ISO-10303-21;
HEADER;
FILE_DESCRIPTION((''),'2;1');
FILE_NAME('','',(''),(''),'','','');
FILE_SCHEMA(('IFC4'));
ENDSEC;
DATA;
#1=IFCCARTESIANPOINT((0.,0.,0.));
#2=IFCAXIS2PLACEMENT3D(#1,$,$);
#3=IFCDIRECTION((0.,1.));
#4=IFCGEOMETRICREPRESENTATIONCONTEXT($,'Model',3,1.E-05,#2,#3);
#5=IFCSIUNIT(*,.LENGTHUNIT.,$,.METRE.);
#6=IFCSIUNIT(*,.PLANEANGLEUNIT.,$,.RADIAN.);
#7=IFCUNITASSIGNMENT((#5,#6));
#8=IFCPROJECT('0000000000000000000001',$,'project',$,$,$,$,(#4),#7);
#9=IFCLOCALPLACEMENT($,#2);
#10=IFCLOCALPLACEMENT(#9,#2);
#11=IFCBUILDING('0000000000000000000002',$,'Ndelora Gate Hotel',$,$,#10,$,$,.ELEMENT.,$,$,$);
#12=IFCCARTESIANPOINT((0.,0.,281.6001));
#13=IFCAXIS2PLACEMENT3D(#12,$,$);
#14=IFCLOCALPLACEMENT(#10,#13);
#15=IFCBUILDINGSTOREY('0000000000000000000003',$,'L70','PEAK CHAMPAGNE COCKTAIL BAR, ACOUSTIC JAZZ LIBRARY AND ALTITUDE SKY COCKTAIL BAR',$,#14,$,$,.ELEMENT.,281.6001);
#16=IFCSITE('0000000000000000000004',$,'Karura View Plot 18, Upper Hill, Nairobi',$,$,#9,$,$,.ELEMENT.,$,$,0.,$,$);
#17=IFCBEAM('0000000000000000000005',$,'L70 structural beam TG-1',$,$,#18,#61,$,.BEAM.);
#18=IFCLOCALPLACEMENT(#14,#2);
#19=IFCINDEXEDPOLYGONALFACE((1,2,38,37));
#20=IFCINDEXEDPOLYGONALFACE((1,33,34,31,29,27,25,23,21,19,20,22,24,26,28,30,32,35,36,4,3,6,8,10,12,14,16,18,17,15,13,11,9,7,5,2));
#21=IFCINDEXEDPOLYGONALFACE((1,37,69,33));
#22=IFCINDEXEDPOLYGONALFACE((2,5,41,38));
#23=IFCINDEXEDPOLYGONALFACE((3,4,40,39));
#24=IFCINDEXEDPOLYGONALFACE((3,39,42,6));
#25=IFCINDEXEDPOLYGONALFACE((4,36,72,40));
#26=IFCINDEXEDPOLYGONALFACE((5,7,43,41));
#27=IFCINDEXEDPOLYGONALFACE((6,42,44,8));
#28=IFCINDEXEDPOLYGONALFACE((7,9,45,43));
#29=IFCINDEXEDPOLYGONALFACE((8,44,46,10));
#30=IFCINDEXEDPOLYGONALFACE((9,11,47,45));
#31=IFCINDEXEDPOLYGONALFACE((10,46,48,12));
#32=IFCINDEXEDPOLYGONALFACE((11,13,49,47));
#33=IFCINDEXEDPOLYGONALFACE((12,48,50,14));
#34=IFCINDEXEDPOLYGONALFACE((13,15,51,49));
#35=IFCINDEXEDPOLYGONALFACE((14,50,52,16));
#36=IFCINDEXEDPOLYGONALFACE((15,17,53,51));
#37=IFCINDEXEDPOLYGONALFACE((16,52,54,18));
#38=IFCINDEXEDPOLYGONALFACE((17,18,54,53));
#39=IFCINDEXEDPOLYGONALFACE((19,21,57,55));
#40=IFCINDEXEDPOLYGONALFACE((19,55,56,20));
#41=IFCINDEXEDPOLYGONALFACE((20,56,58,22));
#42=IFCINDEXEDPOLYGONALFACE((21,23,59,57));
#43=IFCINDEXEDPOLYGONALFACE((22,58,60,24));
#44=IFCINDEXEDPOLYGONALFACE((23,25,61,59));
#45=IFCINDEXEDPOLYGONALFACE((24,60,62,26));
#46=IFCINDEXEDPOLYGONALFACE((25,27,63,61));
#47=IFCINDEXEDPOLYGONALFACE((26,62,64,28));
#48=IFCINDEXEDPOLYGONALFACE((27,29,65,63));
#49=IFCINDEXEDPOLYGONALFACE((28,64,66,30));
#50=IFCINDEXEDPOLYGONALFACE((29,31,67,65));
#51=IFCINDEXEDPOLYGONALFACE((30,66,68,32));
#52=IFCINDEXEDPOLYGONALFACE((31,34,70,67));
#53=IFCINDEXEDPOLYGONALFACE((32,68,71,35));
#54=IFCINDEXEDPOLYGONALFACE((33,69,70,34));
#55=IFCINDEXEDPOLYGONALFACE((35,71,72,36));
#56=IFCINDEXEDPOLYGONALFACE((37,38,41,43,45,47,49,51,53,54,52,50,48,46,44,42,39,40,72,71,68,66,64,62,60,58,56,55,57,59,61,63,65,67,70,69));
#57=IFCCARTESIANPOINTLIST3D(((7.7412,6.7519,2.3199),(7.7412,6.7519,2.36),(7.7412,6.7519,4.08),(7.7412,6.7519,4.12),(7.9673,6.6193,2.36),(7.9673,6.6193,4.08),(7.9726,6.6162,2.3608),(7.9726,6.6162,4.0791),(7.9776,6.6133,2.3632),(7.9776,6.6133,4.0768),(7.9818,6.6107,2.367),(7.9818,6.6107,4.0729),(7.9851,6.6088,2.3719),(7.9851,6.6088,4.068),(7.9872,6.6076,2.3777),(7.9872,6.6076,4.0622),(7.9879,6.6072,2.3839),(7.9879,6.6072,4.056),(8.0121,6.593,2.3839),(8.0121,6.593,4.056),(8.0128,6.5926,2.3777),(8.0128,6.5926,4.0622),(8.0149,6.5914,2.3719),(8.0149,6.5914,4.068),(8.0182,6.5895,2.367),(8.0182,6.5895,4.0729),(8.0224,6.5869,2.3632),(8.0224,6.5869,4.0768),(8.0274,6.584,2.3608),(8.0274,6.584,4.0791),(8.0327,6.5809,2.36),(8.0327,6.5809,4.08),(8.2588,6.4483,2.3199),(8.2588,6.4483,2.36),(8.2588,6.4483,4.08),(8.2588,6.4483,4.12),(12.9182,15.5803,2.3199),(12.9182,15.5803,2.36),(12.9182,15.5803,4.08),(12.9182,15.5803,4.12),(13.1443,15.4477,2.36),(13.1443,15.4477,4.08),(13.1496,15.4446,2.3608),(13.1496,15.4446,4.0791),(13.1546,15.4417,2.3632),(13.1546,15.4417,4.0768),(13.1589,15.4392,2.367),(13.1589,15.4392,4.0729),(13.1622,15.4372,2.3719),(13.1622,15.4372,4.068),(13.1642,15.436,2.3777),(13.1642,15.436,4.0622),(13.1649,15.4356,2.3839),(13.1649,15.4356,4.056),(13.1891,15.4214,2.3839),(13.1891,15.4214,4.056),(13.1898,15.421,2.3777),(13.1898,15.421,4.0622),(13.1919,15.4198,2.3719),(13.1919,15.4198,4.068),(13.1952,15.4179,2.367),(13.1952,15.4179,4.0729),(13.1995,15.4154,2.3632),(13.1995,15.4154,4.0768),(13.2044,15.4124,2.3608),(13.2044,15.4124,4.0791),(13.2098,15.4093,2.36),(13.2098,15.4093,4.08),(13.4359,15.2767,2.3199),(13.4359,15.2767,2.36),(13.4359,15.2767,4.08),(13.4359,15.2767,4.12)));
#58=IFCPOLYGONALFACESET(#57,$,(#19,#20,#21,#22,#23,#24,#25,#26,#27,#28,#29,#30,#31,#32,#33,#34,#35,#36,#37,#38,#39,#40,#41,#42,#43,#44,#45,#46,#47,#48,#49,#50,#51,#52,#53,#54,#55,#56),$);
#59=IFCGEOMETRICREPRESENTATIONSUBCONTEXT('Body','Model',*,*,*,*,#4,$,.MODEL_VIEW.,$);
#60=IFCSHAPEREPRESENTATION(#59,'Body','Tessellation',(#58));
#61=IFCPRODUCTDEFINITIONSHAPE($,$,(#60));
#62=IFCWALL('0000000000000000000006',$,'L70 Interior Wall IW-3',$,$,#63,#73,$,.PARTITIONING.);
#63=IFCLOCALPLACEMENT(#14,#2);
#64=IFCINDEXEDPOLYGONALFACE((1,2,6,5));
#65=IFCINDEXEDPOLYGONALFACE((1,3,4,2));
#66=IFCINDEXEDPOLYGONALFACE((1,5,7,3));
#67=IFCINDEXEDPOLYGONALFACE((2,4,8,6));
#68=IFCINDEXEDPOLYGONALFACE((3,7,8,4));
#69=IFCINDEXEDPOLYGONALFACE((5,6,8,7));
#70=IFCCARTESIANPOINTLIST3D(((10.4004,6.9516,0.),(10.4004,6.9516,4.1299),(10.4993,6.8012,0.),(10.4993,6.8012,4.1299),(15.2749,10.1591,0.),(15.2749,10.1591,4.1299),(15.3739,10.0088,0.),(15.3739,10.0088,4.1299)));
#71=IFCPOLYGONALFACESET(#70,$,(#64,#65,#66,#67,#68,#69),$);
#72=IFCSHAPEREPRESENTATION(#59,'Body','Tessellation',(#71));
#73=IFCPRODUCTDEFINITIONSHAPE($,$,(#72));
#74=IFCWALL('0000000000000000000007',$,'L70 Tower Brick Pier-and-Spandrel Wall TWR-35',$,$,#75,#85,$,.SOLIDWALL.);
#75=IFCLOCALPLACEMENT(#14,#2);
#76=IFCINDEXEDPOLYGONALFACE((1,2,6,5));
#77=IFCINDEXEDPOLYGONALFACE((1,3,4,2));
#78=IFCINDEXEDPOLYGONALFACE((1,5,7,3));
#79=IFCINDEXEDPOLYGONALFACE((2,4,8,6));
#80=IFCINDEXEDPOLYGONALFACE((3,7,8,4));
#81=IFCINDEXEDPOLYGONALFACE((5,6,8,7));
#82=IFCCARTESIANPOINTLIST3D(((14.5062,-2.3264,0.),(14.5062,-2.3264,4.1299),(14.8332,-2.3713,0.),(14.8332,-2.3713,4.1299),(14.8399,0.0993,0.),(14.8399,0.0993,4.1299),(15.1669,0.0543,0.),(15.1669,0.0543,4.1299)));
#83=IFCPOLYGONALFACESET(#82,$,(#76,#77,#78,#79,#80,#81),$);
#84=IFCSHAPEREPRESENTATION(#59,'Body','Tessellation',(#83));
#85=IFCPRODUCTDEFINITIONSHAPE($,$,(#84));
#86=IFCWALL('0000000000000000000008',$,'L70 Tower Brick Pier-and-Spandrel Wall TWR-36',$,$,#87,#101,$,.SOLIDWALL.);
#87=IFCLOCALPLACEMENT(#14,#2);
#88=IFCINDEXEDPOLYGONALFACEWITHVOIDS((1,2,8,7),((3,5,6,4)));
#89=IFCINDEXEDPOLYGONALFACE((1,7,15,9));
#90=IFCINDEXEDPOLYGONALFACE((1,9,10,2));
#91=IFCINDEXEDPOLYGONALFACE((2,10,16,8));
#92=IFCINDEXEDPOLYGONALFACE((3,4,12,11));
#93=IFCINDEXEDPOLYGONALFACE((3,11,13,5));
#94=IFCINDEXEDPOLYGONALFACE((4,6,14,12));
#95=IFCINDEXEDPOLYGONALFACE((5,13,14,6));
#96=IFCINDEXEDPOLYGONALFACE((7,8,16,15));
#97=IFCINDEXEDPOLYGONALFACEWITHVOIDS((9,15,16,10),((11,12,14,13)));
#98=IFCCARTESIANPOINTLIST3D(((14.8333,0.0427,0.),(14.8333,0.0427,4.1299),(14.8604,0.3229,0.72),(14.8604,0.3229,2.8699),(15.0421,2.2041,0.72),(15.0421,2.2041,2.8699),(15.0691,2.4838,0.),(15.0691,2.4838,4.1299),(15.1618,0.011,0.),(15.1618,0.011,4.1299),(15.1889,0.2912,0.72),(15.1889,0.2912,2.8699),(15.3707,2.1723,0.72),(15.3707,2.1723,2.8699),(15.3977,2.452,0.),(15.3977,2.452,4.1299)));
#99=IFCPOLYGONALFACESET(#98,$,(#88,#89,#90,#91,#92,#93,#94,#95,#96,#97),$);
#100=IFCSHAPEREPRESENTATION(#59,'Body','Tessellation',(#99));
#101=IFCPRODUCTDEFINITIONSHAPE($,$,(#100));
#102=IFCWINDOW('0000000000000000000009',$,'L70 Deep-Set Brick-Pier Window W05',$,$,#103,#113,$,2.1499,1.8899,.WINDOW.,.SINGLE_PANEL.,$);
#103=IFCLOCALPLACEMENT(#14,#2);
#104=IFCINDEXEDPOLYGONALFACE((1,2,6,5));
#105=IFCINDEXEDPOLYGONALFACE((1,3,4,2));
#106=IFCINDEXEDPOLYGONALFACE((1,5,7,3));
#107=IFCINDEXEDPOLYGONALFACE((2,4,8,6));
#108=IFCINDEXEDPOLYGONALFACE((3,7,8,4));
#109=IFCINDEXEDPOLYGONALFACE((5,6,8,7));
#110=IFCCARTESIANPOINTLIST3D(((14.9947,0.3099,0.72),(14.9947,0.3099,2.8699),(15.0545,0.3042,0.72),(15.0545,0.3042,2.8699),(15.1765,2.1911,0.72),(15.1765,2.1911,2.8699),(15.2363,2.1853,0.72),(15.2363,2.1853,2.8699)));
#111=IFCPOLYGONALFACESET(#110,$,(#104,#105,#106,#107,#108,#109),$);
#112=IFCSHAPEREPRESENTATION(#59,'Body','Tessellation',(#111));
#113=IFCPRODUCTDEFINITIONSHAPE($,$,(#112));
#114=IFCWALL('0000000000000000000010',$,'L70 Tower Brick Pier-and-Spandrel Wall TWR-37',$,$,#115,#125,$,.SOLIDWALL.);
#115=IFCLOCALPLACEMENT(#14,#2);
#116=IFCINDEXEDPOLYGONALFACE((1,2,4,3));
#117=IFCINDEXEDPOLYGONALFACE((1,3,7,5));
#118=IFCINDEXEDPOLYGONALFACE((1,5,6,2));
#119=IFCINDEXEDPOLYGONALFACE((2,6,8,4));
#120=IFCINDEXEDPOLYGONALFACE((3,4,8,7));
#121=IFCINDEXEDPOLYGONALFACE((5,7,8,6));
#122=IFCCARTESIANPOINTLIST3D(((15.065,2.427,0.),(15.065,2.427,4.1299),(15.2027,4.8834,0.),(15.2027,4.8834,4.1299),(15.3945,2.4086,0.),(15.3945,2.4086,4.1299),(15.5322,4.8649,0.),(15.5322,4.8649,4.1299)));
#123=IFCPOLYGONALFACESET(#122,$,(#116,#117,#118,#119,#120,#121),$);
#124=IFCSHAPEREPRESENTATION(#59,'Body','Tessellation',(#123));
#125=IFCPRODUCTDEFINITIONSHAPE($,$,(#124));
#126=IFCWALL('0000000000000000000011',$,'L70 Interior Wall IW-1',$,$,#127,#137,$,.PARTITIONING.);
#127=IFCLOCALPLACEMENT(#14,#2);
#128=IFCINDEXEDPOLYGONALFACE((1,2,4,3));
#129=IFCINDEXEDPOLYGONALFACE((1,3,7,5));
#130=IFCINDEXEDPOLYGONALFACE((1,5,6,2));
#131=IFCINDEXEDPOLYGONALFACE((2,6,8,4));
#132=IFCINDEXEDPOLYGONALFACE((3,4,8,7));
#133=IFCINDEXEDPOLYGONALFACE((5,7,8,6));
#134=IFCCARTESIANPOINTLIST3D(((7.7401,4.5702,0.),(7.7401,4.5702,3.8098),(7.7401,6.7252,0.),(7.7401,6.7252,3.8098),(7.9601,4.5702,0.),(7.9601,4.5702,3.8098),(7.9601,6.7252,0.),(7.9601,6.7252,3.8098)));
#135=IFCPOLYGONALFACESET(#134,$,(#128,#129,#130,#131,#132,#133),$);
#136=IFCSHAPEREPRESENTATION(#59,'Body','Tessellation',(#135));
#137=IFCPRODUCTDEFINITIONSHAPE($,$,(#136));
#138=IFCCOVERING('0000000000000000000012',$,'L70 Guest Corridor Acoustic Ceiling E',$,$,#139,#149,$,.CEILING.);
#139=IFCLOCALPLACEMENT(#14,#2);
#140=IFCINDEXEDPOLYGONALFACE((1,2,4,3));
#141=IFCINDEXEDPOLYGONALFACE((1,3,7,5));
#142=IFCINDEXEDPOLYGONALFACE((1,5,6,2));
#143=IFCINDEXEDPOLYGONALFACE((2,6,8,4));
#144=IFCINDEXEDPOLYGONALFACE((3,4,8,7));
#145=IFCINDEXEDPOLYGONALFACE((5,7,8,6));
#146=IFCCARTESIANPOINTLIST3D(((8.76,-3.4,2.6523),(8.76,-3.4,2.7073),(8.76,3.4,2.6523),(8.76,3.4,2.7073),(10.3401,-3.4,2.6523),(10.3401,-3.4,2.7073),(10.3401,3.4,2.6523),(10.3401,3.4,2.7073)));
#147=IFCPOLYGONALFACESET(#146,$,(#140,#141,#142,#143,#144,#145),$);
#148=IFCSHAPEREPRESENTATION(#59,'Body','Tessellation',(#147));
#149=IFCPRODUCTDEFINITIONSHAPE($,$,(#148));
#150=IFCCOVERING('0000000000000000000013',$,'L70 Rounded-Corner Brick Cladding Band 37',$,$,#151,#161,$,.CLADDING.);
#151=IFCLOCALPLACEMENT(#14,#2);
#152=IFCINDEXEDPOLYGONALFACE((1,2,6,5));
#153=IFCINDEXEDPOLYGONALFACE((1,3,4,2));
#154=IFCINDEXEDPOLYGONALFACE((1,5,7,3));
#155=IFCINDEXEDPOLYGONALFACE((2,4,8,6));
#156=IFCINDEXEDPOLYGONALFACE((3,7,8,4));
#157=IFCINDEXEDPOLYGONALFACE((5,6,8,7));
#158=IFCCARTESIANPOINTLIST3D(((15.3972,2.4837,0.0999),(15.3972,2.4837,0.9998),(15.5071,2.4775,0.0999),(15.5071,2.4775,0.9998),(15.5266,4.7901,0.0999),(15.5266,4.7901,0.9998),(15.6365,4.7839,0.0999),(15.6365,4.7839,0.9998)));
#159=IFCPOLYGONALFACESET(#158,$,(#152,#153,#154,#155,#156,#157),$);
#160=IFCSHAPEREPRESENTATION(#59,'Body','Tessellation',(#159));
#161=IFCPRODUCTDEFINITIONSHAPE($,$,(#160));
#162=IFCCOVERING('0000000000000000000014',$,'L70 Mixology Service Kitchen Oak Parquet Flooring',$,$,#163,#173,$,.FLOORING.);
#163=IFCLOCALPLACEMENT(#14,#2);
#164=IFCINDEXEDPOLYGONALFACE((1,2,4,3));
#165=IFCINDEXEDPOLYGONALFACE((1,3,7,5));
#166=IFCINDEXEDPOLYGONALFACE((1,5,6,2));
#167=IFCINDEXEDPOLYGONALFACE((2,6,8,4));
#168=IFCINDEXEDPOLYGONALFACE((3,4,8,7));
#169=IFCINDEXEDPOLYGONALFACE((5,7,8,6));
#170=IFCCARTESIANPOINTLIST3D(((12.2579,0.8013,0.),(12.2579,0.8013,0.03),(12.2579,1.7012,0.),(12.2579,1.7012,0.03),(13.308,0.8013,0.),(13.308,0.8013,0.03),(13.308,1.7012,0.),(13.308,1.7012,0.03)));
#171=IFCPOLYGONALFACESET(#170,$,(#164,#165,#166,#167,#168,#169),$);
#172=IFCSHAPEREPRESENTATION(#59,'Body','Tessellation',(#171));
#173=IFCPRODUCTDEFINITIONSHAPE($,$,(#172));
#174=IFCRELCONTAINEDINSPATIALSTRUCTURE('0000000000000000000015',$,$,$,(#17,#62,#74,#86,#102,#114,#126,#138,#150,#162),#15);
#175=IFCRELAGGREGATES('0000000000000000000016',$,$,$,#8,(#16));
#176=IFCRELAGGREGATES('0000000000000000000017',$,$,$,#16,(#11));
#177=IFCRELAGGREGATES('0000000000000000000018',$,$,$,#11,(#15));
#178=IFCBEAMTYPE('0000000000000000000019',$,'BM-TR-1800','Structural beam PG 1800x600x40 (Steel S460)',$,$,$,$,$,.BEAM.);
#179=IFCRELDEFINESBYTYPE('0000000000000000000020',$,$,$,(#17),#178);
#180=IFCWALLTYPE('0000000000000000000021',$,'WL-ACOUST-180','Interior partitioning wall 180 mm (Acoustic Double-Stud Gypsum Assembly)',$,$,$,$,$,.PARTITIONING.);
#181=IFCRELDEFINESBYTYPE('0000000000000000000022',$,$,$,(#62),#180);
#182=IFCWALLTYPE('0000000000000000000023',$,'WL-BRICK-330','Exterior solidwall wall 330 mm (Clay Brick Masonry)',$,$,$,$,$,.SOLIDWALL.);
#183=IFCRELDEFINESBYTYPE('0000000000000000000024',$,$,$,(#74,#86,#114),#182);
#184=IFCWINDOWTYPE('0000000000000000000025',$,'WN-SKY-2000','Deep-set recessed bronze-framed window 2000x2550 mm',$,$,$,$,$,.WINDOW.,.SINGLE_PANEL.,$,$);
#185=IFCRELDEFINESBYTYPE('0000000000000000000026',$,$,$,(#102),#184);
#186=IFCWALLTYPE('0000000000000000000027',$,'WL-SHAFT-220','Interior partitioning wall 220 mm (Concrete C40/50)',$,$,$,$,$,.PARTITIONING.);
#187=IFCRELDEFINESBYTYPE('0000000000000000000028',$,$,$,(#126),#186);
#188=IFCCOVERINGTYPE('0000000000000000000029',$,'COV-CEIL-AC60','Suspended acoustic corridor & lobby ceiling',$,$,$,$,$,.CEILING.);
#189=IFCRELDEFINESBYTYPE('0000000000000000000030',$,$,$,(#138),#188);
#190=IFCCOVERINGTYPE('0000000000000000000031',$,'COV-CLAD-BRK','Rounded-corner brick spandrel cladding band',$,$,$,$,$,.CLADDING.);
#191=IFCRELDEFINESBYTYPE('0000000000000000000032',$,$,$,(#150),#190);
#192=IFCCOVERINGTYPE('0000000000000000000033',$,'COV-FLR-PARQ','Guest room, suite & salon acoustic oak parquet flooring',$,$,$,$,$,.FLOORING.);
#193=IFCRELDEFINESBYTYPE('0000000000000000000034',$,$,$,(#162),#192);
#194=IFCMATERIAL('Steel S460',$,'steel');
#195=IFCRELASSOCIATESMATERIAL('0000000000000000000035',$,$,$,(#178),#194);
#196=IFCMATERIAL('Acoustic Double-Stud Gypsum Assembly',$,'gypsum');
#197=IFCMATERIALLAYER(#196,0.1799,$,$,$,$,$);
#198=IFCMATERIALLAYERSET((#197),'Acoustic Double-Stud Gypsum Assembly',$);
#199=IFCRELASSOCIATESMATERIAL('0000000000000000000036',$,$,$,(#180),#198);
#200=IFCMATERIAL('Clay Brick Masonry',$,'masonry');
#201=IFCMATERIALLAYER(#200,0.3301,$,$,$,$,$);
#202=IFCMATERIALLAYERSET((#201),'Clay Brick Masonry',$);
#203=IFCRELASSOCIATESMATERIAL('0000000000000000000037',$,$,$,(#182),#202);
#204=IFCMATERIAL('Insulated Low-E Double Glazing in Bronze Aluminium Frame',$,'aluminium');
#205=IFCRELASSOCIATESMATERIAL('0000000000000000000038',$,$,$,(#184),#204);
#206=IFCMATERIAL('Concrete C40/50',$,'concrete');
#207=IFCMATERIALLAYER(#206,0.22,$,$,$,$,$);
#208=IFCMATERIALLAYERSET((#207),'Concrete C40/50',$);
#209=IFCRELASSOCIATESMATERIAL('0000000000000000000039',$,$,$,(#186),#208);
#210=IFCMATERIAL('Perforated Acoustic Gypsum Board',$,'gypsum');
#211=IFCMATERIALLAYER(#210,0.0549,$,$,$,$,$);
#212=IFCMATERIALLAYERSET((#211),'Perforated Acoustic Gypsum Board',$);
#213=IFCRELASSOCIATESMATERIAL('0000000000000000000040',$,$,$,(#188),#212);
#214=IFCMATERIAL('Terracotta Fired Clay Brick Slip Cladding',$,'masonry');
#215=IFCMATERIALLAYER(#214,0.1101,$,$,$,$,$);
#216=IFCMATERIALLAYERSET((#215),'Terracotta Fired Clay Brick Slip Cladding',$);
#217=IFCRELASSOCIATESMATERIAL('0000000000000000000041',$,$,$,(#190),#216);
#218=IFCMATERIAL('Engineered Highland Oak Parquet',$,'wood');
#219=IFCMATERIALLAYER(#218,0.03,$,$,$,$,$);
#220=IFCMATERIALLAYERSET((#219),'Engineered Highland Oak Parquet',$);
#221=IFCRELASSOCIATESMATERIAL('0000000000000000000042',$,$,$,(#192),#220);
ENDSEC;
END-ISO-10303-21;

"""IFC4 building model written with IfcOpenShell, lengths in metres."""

from ifc_helpers import new_model, si_unit, direction, frame, frame_2d, origin, origin_2d, place, context, subcontext, project, spatial, rectangle, i_section, extrude, material, layer, layer_set, material_profile, profile_set, type_object, element, fill, save


model = new_model("IFC4")

# Units and contexts
model_context = context("Model", 3, precision=1e-05, world=origin(), true_north=direction((0.0, 1.0)))
body_context = subcontext(model_context, "Body", "Model", "MODEL_VIEW")
ifc_project = project(units=[si_unit("LENGTHUNIT", "METRE"), si_unit("PLANEANGLEUNIT", "RADIAN")], contexts=[model_context])

# Site, building, storey
site_placement = place(None, origin())
site = spatial("IfcSite", under=ifc_project, at=site_placement, Name="Karura View Plot 18, Upper Hill, Nairobi", CompositionType="ELEMENT", RefElevation=0.0)
building_placement = place(site_placement, origin())
building = spatial("IfcBuilding", under=site, at=building_placement, Name="Ndelora Gate Hotel", CompositionType="ELEMENT")
storey_placement = place(building_placement, frame((0.0, 0.0, 281.6001)))
storey = spatial("IfcBuildingStorey", under=building, at=storey_placement, Name="L70", Description="PEAK CHAMPAGNE COCKTAIL BAR, ACOUSTIC JAZZ LIBRARY AND ALTITUDE SKY COCKTAIL BAR", CompositionType="ELEMENT", Elevation=281.6001)

# Beam
ifc_material_1 = material(Name="Steel S460", Category="steel")
ifc_material_profile_1 = material_profile(ifc_material_1, i_section(OverallWidth=0.6001, OverallDepth=1.8, WebThickness=0.0281, FlangeThickness=0.04, FilletRadius=0.0239, at=origin_2d()), Name="PG 1800x600x40")
ifc_profile_set_1 = profile_set([ifc_material_profile_1], Name="Steel S460")
beam_type_1 = type_object("IfcBeamType", Name="BM-TR-1800", Description="Structural beam PG 1800x600x40 (Steel S460)", PredefinedType="BEAM", material=ifc_profile_set_1)
beam_1_placement = place(storey_placement, frame((8.0, 6.6001, 3.22), z_axis=(0.505847, 0.862623, 0.0), x_axis=(-0.862623, 0.505847, 0.0)))
element("IfcBeam", 1, at=beam_1_placement, inside=storey, type_object=beam_type_1, Name="L70 structural beam TG-1", PredefinedType="BEAM", context=body_context, shape_type="SweptSolid", body=[
    extrude(i_section(OverallWidth=0.6001, OverallDepth=1.8, WebThickness=0.0281, FlangeThickness=0.04, FilletRadius=0.0239, at=origin_2d()), origin(), (0.0, 0.0, 1.0), 10.2344),
])

# Walls
ifc_material_2 = material(Name="Acoustic Double-Stud Gypsum Assembly", Category="gypsum")
ifc_layer_1 = layer(ifc_material_2, 0.1799)
ifc_layer_set_1 = layer_set([ifc_layer_1], Name="Acoustic Double-Stud Gypsum Assembly")
wall_type_1 = type_object("IfcWallType", Name="WL-ACOUST-180", Description="Interior partitioning wall 180 mm (Acoustic Double-Stud Gypsum Assembly)", PredefinedType="PARTITIONING", material=ifc_layer_set_1)
wall_1_placement = place(storey_placement, frame((10.45, 6.8765, 0.0), z_axis=(0.0, 0.0, 1.0), x_axis=(0.83537, 0.549689, 0.0)))
element("IfcWall", 2, at=wall_1_placement, inside=storey, type_object=wall_type_1, Name="L70 Interior Wall IW-3", PredefinedType="PARTITIONING", context=body_context, shape_type="SweptSolid", body=[
    extrude(rectangle(XDim=5.8352, YDim=0.1799, at=frame_2d((2.9175, 0.0))), origin(), (0.0, 0.0, 1.0), 4.1299),
])
ifc_material_3 = material(Name="Clay Brick Masonry", Category="masonry")
ifc_layer_2 = layer(ifc_material_3, 0.3301)
ifc_layer_set_2 = layer_set([ifc_layer_2], Name="Clay Brick Masonry")
wall_type_2 = type_object("IfcWallType", Name="WL-BRICK-330", Description="Exterior solidwall wall 330 mm (Clay Brick Masonry)", PredefinedType="SOLIDWALL", material=ifc_layer_set_2)
wall_2_placement = place(storey_placement, frame((15.0034, 0.0767, 0.0), z_axis=(0.0, 0.0, 1.0), x_axis=(-0.13631, -0.990666, 0.0)))
element("IfcWall", 3, at=wall_2_placement, inside=storey, type_object=wall_type_2, Name="L70 Tower Brick Pier-and-Spandrel Wall TWR-35", PredefinedType="SOLIDWALL", context=body_context, shape_type="SweptSolid", body=[
    extrude(rectangle(XDim=2.4485, YDim=0.3301, at=frame_2d((1.2241, 0.0))), origin(), (0.0, 0.0, 1.0), 4.1299),
])

# Wall, opening, window
wall_3_placement = place(storey_placement, frame((15.2334, 2.4678, 0.0), z_axis=(0.0, 0.0, 1.0), x_axis=(-0.096171, -0.995365, 0.0)))
wall_3 = element("IfcWall", 4, at=wall_3_placement, inside=storey, type_object=wall_type_2, Name="L70 Tower Brick Pier-and-Spandrel Wall TWR-36", PredefinedType="SOLIDWALL", context=body_context, shape_type="SweptSolid", body=[
    extrude(rectangle(XDim=2.4524, YDim=0.3301, at=frame_2d((1.2261, 0.0))), origin(), (0.0, 0.0, 1.0), 4.1299),
])
opening_1_placement = place(wall_3_placement, frame((0.281, 0.0, 0.72)))
opening_1 = element("IfcOpeningElement", 5, at=opening_1_placement, cuts=wall_3, PredefinedType="OPENING", context=body_context, shape_type="SweptSolid", body=[
    extrude(rectangle(XDim=1.8899, YDim=2.1499, at=frame_2d((0.9448, 1.075))), frame((0.0, 0.175, 0.0), z_axis=(0.0, -1.0, 0.0), x_axis=(1.0, 0.0, 0.0)), (0.0, 0.0, 1.0), 0.3501),
])
ifc_material_4 = material(Name="Insulated Low-E Double Glazing in Bronze Aluminium Frame", Category="aluminium")
window_type = type_object("IfcWindowType", Name="WN-SKY-2000", Description="Deep-set recessed bronze-framed window 2000x2550 mm", PartitioningType="SINGLE_PANEL", PredefinedType="WINDOW", material=ifc_material_4)
window_placement = place(opening_1_placement, origin())
window = element("IfcWindow", 6, at=window_placement, inside=storey, type_object=window_type, Name="L70 Deep-Set Brick-Pier Window W05", OverallHeight=2.1499, OverallWidth=1.8899, PartitioningType="SINGLE_PANEL", PredefinedType="WINDOW", context=body_context, shape_type="SweptSolid", body=[
    extrude(rectangle(XDim=1.8899, YDim=2.1499, at=frame_2d((0.9448, 1.075))), frame((0.0, 0.03, 0.0), z_axis=(0.0, -1.0, 0.0), x_axis=(1.0, 0.0, 0.0)), (0.0, 0.0, 1.0), 0.0601),
])
fill(opening_1, window)

# Wall
wall_4_placement = place(storey_placement, frame((15.3674, 4.874, 0.0), z_axis=(0.0, 0.0, 1.0), x_axis=(-0.05597, -0.998432, 0.0)))
element("IfcWall", 7, at=wall_4_placement, inside=storey, type_object=wall_type_2, Name="L70 Tower Brick Pier-and-Spandrel Wall TWR-37", PredefinedType="SOLIDWALL", context=body_context, shape_type="SweptSolid", body=[
    extrude(rectangle(XDim=2.4602, YDim=0.3301, at=frame_2d((1.23, 0.0))), origin(), (0.0, 0.0, 1.0), 4.1299),
])

# Shared definitions
ifc_material_5 = material(Name="Concrete C40/50", Category="concrete")

# Wall
ifc_layer_3 = layer(ifc_material_5, 0.22)
ifc_layer_set_3 = layer_set([ifc_layer_3], Name="Concrete C40/50")
wall_type_3 = type_object("IfcWallType", Name="WL-SHAFT-220", Description="Interior partitioning wall 220 mm (Concrete C40/50)", PredefinedType="PARTITIONING", material=ifc_layer_set_3)
wall_5_placement = place(storey_placement, frame((7.8501, 4.5701, 0.0), z_axis=(0.0, 0.0, 1.0), x_axis=(0.0, 1.0, 0.0)))
element("IfcWall", 8, at=wall_5_placement, inside=storey, type_object=wall_type_3, Name="L70 Interior Wall IW-1", PredefinedType="PARTITIONING", context=body_context, shape_type="SweptSolid", body=[
    extrude(rectangle(XDim=2.155, YDim=0.22, at=frame_2d((1.0776, 0.0))), origin(), (0.0, 0.0, 1.0), 3.8098),
])

# Coverings
ifc_material_6 = material(Name="Perforated Acoustic Gypsum Board", Category="gypsum")
ifc_layer_4 = layer(ifc_material_6, 0.0549)
ifc_layer_set_4 = layer_set([ifc_layer_4], Name="Perforated Acoustic Gypsum Board")
covering_type_1 = type_object("IfcCoveringType", Name="COV-CEIL-AC60", Description="Suspended acoustic corridor & lobby ceiling", PredefinedType="CEILING", material=ifc_layer_set_4)
covering_1_placement = place(storey_placement, frame((9.55, 0.0, 2.6523), z_axis=(0.0, 0.0, 1.0), x_axis=(1.0, 0.0, 0.0)))
element("IfcCovering", 9, at=covering_1_placement, inside=storey, type_object=covering_type_1, Name="L70 Guest Corridor Acoustic Ceiling E", PredefinedType="CEILING", context=body_context, shape_type="SweptSolid", body=[
    extrude(rectangle(XDim=1.5801, YDim=6.8, at=origin_2d()), origin(), (0.0, 0.0, 1.0), 0.0549),
])
ifc_material_7 = material(Name="Terracotta Fired Clay Brick Slip Cladding", Category="masonry")
ifc_layer_5 = layer(ifc_material_7, 0.1101)
ifc_layer_set_5 = layer_set([ifc_layer_5], Name="Terracotta Fired Clay Brick Slip Cladding")
covering_type_2 = type_object("IfcCoveringType", Name="COV-CLAD-BRK", Description="Rounded-corner brick spandrel cladding band", PredefinedType="CLADDING", material=ifc_layer_set_5)
covering_2_placement = place(storey_placement, frame((15.5168, 3.6338, 0.0999), z_axis=(0.0, 0.0, 1.0), x_axis=(0.055996, 0.998431, 0.0)))
element("IfcCovering", 10, at=covering_2_placement, inside=storey, type_object=covering_type_2, Name="L70 Rounded-Corner Brick Cladding Band 37", PredefinedType="CLADDING", context=body_context, shape_type="SweptSolid", body=[
    extrude(rectangle(XDim=2.3101, YDim=0.1101, at=origin_2d()), origin(), (0.0, 0.0, 1.0), 0.8999),
])
ifc_material_8 = material(Name="Engineered Highland Oak Parquet", Category="wood")
ifc_layer_6 = layer(ifc_material_8, 0.03)
ifc_layer_set_6 = layer_set([ifc_layer_6], Name="Engineered Highland Oak Parquet")
covering_type_3 = type_object("IfcCoveringType", Name="COV-FLR-PARQ", Description="Guest room, suite & salon acoustic oak parquet flooring", PredefinedType="FLOORING", material=ifc_layer_set_6)
covering_3_placement = place(storey_placement, frame((12.783, 1.2512, 0.0), z_axis=(0.0, 0.0, 1.0), x_axis=(1.0, 0.0, 0.0)))
element("IfcCovering", 11, at=covering_3_placement, inside=storey, type_object=covering_type_3, Name="L70 Mixology Service Kitchen Oak Parquet Flooring", PredefinedType="FLOORING", context=body_context, shape_type="SweptSolid", body=[
    extrude(rectangle(XDim=1.05, YDim=0.8999, at=origin_2d()), origin(), (0.0, 0.0, 1.0), 0.03),
])

save(model, "model.ifc")
